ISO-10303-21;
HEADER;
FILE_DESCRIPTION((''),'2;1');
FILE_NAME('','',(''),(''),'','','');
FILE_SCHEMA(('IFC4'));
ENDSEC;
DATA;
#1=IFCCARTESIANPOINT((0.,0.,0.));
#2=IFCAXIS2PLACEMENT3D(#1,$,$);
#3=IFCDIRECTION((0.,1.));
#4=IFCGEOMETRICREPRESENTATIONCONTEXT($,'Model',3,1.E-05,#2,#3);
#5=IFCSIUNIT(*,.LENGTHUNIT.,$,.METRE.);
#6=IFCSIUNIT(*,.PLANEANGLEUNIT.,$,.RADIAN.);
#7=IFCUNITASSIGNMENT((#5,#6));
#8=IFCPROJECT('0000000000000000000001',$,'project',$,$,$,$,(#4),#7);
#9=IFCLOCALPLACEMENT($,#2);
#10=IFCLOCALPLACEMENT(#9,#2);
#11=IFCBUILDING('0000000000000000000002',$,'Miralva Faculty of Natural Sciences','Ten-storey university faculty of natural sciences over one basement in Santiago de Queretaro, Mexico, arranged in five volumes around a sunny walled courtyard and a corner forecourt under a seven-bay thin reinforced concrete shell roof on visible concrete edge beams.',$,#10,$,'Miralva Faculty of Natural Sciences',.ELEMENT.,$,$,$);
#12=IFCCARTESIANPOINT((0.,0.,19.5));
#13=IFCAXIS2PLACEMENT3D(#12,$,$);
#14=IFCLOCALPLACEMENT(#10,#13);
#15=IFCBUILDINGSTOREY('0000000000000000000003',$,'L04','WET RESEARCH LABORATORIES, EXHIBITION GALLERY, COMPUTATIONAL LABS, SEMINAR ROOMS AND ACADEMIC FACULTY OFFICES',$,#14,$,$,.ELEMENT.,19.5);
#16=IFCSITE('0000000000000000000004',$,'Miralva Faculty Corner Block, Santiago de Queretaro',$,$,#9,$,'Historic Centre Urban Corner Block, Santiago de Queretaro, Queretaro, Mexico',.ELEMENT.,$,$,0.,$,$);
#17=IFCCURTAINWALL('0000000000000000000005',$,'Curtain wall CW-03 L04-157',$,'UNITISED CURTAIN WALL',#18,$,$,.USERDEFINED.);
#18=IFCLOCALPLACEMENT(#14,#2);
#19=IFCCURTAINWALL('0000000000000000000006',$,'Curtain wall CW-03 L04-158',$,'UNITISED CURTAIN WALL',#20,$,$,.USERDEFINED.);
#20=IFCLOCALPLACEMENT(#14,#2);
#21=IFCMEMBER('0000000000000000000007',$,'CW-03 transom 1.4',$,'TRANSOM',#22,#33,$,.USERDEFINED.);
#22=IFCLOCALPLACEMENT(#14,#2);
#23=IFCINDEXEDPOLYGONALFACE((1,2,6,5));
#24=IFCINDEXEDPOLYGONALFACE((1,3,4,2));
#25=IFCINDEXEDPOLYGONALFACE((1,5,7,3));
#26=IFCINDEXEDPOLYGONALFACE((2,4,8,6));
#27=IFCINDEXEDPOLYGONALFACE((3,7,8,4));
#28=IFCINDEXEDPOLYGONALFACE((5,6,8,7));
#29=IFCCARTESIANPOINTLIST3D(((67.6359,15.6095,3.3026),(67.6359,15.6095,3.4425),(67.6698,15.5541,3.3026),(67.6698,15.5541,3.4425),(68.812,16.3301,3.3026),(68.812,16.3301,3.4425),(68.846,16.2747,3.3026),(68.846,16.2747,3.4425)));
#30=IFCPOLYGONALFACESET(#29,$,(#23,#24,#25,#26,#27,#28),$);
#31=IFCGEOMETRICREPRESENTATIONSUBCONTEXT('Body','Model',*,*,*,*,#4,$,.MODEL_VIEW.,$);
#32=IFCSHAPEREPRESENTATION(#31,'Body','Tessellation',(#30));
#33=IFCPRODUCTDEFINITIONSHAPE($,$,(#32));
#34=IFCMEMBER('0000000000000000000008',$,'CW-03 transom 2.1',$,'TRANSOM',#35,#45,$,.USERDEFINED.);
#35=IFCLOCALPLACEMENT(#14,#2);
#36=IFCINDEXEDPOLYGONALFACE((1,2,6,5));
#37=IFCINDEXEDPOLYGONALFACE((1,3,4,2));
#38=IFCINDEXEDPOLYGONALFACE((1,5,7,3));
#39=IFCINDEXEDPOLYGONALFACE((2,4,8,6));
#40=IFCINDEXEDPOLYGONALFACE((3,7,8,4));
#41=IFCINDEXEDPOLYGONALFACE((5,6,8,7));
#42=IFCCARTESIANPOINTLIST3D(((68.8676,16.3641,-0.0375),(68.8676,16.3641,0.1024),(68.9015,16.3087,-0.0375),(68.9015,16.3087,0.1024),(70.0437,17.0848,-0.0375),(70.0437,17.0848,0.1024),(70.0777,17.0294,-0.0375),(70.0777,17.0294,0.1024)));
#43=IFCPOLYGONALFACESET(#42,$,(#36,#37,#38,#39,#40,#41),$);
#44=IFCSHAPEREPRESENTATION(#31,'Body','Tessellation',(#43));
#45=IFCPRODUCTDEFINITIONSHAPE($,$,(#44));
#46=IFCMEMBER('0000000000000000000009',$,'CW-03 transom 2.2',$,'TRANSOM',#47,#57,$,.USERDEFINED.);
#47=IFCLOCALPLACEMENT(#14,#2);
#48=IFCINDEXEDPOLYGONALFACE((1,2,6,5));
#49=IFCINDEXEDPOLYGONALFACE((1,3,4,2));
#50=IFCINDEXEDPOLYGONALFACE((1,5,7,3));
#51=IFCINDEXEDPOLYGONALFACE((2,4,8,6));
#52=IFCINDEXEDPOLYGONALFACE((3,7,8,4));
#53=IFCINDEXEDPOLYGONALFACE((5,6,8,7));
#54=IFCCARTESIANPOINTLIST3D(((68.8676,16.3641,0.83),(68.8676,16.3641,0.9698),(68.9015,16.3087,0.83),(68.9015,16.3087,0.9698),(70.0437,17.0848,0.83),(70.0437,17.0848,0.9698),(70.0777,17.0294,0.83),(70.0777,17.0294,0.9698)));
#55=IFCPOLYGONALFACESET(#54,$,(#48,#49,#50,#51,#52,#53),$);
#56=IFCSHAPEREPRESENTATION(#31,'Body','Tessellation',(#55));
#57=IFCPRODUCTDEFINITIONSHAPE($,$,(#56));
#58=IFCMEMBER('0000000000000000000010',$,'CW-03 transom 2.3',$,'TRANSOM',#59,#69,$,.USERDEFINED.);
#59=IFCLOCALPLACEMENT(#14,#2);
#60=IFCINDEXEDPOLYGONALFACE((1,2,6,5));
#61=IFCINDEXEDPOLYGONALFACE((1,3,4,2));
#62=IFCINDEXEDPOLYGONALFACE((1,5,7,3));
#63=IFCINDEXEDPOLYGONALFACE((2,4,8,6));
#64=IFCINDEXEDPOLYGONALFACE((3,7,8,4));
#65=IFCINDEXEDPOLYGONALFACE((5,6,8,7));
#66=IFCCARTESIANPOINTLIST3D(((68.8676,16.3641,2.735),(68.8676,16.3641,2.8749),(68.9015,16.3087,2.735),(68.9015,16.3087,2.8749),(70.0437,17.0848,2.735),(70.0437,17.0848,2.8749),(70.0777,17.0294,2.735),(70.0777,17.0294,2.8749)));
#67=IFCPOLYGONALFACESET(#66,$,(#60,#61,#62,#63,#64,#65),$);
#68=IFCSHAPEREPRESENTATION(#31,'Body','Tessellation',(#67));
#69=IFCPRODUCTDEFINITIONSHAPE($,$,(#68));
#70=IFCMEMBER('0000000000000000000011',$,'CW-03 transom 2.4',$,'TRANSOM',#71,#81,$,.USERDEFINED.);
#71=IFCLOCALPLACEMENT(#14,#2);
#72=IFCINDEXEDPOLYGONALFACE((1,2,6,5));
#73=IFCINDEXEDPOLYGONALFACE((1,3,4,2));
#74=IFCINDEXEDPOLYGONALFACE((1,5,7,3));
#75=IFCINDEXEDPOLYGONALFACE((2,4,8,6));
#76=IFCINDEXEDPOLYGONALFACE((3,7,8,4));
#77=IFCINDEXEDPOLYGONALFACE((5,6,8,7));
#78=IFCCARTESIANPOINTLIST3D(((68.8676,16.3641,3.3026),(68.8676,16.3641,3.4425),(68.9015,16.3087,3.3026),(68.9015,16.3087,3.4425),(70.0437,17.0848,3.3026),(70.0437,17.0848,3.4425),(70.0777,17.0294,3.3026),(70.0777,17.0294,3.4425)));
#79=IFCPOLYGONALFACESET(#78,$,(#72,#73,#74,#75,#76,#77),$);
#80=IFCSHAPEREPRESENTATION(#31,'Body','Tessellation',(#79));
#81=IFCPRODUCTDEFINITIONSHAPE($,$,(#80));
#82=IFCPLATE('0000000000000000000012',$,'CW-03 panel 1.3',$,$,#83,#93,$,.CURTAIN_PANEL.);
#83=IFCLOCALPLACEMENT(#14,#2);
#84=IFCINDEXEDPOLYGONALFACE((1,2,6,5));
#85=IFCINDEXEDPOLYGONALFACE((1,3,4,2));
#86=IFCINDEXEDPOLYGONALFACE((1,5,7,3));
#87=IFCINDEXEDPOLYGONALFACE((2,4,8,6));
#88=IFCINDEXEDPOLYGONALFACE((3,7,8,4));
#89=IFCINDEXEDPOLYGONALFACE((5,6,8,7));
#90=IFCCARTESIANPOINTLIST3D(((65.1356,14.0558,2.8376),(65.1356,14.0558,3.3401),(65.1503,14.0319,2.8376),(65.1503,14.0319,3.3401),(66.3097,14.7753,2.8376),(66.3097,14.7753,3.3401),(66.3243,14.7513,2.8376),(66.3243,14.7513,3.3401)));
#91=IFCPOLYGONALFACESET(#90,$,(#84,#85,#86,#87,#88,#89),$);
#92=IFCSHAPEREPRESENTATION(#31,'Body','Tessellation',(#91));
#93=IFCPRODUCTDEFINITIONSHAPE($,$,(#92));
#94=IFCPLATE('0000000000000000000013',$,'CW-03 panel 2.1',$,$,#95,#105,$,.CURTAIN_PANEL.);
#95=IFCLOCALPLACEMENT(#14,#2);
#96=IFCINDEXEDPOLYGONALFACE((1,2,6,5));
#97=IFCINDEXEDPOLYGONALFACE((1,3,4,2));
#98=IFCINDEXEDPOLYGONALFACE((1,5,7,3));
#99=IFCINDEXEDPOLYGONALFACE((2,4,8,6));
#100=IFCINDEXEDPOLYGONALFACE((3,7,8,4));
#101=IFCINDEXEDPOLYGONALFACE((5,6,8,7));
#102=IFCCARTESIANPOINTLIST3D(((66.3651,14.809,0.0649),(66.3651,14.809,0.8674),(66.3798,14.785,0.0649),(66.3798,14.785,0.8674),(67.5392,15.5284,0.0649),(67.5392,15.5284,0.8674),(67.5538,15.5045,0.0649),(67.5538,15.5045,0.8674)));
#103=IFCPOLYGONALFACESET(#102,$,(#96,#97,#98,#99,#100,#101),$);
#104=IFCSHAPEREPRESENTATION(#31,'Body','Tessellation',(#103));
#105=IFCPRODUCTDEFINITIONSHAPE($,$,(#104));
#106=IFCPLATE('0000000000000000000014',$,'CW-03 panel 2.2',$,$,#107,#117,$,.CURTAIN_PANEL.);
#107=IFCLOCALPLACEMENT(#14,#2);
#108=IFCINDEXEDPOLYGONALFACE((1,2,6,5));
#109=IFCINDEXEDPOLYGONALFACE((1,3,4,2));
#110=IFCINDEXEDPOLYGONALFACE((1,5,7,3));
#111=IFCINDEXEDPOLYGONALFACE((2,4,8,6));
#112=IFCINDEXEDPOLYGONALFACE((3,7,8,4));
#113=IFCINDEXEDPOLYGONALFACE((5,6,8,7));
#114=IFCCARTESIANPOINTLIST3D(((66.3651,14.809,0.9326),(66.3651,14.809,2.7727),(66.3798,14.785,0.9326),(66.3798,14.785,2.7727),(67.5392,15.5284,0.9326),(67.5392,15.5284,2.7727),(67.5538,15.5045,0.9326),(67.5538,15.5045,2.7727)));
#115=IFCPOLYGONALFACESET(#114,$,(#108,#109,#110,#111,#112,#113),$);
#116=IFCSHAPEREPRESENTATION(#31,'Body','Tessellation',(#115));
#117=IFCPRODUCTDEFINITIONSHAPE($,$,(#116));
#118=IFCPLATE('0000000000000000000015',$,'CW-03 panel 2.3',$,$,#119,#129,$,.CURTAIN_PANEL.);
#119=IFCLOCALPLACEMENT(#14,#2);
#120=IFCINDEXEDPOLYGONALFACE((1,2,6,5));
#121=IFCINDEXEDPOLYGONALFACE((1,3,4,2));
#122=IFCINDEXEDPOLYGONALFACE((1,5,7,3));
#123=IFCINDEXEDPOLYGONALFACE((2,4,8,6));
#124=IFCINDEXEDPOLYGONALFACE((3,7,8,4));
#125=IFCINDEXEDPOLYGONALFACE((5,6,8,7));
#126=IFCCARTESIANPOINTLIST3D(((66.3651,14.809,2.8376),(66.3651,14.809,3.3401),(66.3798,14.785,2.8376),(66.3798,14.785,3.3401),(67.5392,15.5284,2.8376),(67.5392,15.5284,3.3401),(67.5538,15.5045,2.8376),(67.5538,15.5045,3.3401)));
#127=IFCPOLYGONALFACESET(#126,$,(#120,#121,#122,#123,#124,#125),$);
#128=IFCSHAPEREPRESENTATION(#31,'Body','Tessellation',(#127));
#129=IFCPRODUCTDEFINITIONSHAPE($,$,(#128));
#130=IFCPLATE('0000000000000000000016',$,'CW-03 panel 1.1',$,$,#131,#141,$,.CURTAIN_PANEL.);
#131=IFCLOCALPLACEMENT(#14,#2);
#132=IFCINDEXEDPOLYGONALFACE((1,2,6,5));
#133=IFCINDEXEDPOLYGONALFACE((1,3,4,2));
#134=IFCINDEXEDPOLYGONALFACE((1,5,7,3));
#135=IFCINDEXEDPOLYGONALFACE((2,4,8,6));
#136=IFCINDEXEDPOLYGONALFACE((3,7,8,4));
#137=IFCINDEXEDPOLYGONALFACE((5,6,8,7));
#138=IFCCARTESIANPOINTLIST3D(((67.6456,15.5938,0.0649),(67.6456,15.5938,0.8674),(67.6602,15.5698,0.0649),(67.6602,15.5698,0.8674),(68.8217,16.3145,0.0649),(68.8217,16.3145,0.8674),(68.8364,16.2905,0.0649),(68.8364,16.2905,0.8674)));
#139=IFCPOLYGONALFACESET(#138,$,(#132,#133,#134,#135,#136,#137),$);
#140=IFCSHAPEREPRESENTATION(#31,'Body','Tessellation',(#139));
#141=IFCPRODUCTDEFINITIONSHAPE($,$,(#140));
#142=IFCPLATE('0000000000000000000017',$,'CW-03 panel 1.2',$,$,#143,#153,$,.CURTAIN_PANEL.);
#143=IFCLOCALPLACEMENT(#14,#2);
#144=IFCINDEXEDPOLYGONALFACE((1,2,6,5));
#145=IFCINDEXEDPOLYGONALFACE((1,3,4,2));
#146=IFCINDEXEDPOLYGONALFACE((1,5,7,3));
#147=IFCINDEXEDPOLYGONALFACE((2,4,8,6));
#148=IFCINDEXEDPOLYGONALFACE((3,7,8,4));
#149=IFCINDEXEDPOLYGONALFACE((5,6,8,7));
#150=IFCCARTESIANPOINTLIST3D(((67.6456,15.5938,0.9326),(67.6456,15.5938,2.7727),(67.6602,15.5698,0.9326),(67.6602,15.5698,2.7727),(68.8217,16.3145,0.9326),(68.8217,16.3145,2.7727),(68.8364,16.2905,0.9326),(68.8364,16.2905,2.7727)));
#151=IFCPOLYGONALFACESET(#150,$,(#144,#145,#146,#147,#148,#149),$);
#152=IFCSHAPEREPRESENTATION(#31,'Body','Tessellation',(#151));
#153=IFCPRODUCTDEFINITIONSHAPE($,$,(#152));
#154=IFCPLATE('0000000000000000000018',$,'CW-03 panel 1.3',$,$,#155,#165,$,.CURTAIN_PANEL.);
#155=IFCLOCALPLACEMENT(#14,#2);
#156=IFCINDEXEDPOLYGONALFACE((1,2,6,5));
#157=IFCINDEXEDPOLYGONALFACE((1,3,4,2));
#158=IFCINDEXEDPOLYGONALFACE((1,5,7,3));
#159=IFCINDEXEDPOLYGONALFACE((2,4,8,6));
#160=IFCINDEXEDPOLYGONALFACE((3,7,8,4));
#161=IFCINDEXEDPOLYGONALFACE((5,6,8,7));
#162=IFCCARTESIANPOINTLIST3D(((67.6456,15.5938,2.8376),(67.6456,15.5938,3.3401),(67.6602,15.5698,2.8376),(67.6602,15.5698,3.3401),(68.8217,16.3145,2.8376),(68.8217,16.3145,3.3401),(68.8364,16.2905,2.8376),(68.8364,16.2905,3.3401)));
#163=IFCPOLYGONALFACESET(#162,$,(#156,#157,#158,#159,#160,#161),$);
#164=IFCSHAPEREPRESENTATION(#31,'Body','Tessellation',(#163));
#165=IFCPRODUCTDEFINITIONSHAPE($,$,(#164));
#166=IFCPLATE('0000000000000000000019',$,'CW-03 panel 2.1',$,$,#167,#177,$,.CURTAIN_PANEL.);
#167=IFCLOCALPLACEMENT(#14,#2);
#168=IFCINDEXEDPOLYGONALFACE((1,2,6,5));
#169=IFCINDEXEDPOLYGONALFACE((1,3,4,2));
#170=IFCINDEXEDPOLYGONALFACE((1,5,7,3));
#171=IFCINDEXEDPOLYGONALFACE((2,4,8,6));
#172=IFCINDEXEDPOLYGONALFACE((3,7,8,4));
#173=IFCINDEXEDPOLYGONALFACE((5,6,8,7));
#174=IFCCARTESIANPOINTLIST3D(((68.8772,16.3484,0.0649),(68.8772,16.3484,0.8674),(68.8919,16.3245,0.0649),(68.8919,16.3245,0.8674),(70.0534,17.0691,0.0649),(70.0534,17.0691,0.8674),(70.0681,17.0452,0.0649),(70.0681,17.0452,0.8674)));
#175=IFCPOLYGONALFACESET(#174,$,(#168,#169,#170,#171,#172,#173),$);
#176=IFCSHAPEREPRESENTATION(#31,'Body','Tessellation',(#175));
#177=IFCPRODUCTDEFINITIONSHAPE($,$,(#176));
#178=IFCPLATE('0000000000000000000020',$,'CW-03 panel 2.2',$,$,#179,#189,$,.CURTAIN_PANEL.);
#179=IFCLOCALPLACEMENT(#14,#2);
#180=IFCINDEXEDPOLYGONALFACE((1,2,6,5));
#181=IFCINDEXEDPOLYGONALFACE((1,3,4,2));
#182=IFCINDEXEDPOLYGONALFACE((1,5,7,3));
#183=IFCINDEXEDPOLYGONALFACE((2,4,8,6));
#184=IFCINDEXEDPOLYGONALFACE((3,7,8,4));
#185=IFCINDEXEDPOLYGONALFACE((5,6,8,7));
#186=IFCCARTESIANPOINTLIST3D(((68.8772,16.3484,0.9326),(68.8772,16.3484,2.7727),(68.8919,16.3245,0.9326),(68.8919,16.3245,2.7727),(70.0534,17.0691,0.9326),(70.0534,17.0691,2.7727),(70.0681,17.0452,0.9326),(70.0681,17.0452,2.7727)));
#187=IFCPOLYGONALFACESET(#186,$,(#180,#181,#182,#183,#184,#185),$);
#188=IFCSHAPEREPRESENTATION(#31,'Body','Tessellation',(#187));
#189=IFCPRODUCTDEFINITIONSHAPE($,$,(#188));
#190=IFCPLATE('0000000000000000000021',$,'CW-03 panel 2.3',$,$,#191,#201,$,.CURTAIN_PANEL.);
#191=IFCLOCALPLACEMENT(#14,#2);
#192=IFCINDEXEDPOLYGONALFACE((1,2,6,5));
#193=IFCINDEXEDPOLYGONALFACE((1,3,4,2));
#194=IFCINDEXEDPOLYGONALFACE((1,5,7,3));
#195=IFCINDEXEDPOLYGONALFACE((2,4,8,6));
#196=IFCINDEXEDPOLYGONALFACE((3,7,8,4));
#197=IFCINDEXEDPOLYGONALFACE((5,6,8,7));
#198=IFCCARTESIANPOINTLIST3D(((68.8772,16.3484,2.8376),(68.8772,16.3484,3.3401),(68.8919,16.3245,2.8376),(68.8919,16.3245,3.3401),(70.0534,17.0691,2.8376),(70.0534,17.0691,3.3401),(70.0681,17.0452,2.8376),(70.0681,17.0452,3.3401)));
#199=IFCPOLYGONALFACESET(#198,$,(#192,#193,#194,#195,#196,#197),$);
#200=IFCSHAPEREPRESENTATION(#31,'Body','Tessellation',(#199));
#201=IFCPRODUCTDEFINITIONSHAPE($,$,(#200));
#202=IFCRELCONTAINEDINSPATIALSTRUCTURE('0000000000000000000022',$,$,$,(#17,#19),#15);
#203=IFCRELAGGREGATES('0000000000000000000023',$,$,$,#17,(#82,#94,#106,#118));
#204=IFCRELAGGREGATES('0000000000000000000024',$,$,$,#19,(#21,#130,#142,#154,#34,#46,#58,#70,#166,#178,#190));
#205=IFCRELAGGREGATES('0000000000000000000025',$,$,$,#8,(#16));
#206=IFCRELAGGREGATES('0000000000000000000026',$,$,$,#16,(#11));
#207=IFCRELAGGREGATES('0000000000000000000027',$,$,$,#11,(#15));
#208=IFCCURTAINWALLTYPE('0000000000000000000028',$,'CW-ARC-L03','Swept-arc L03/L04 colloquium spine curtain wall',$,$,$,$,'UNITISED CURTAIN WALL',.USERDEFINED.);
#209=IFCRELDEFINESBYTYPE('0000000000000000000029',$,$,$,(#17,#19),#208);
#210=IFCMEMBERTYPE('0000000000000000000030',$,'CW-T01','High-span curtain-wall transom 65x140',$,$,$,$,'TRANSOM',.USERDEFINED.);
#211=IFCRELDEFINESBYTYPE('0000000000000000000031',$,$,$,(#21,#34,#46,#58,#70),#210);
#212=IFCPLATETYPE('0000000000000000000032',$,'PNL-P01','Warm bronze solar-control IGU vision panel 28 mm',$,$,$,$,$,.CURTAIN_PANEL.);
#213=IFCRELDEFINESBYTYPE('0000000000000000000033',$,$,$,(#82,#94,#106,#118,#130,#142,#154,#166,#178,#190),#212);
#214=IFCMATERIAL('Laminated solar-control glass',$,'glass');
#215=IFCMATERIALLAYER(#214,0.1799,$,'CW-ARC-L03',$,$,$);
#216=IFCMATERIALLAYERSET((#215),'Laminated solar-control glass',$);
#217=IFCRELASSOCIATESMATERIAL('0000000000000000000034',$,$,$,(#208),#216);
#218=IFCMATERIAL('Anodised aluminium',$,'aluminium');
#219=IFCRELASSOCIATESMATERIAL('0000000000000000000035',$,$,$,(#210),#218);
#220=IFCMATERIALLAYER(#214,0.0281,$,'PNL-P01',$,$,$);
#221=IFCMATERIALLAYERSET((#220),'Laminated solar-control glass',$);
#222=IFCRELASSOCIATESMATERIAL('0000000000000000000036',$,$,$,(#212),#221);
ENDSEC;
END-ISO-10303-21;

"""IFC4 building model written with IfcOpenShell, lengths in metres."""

from ifc_helpers import new_model, si_unit, direction, frame, origin, origin_2d, place, context, subcontext, project, spatial, rectangle, extrude, material, layer, layer_set, material_profile, profile_set, type_object, element, aggregate, save


model = new_model("IFC4")

# Units and contexts
model_context = context("Model", 3, precision=1e-05, world=origin(), true_north=direction((0.0, 1.0)))
body_context = subcontext(model_context, "Body", "Model", "MODEL_VIEW")
ifc_project = project(units=[si_unit("LENGTHUNIT", "METRE"), si_unit("PLANEANGLEUNIT", "RADIAN")], contexts=[model_context])

# Site, building, storey
site_placement = place(None, origin())
site = spatial("IfcSite", under=ifc_project, at=site_placement, Name="Miralva Faculty Corner Block, Santiago de Queretaro", LongName="Historic Centre Urban Corner Block, Santiago de Queretaro, Queretaro, Mexico", CompositionType="ELEMENT", RefElevation=0.0)
building_placement = place(site_placement, origin())
building = spatial("IfcBuilding", under=site, at=building_placement, Name="Miralva Faculty of Natural Sciences", Description="Ten-storey university faculty of natural sciences over one basement in Santiago de Queretaro, Mexico, arranged in five volumes around a sunny walled courtyard and a corner forecourt under a seven-bay thin reinforced concrete shell roof on visible concrete edge beams.", LongName="Miralva Faculty of Natural Sciences", CompositionType="ELEMENT")
storey_placement = place(building_placement, frame((0.0, 0.0, 19.5)))
storey = spatial("IfcBuildingStorey", under=building, at=storey_placement, Name="L04", Description="WET RESEARCH LABORATORIES, EXHIBITION GALLERY, COMPUTATIONAL LABS, SEMINAR ROOMS AND ACADEMIC FACULTY OFFICES", CompositionType="ELEMENT", Elevation=19.5)

# Curtain walls
ifc_material_1 = material(Name="Laminated solar-control glass", Category="glass")
ifc_layer_1 = layer(ifc_material_1, 0.1799, Name="CW-ARC-L03")
ifc_layer_set_1 = layer_set([ifc_layer_1], Name="Laminated solar-control glass")
curtain_wall_type = type_object("IfcCurtainWallType", Name="CW-ARC-L03", Description="Swept-arc L03/L04 colloquium spine curtain wall", ElementType="UNITISED CURTAIN WALL", PredefinedType="USERDEFINED", material=ifc_layer_set_1)
curtain_wall_1_placement = place(storey_placement, origin())
curtain_wall_1 = element("IfcCurtainWall", 1, at=curtain_wall_1_placement, inside=storey, type_object=curtain_wall_type, Name="Curtain wall CW-03 L04-157", ObjectType="UNITISED CURTAIN WALL", PredefinedType="USERDEFINED")
ifc_material_2 = material(Name="Anodised aluminium", Category="aluminium")
curtain_wall_2_placement = place(storey_placement, origin())
curtain_wall_2 = element("IfcCurtainWall", 2, at=curtain_wall_2_placement, inside=storey, type_object=curtain_wall_type, Name="Curtain wall CW-03 L04-158", ObjectType="UNITISED CURTAIN WALL", PredefinedType="USERDEFINED")

# Members
ifc_material_profile_1 = material_profile(ifc_material_2, rectangle(XDim=0.0649, YDim=0.1399, at=origin_2d()), Name="TRANSOM 65x140")
ifc_profile_set_1 = profile_set([ifc_material_profile_1], Name="Anodised aluminium")
member_type_1 = type_object("IfcMemberType", Name="CW-T01", Description="High-span curtain-wall transom 65x140", ElementType="TRANSOM", PredefinedType="USERDEFINED", material=ifc_profile_set_1)
member_1_placement = place(storey_placement, frame((67.6528, 15.5818, 3.3726), z_axis=(0.852678, 0.522438, 0.0), x_axis=(-0.522438, 0.852678, 0.0)))
member_1 = element("IfcMember", 3, at=member_1_placement, type_object=member_type_1, Name="CW-03 transom 1.4", ObjectType="TRANSOM", PredefinedType="USERDEFINED", context=body_context, shape_type="SweptSolid", body=[
    extrude(rectangle(XDim=0.0649, YDim=0.1399, at=origin_2d()), origin(), (0.0, 0.0, 1.0), 1.3794),
])
member_2_placement = place(storey_placement, frame((68.8845, 16.3364, 0.0325), z_axis=(0.852678, 0.522438, 0.0), x_axis=(-0.522438, 0.852678, 0.0)))
member_2 = element("IfcMember", 4, at=member_2_placement, type_object=member_type_1, Name="CW-03 transom 2.1", ObjectType="TRANSOM", PredefinedType="USERDEFINED", context=body_context, shape_type="SweptSolid", body=[
    extrude(rectangle(XDim=0.0649, YDim=0.1399, at=origin_2d()), origin(), (0.0, 0.0, 1.0), 1.3794),
])
member_3_placement = place(storey_placement, frame((68.8845, 16.3364, 0.8999), z_axis=(0.852678, 0.522438, 0.0), x_axis=(-0.522438, 0.852678, 0.0)))
member_3 = element("IfcMember", 5, at=member_3_placement, type_object=member_type_1, Name="CW-03 transom 2.2", ObjectType="TRANSOM", PredefinedType="USERDEFINED", context=body_context, shape_type="SweptSolid", body=[
    extrude(rectangle(XDim=0.0649, YDim=0.1399, at=origin_2d()), origin(), (0.0, 0.0, 1.0), 1.3794),
])
member_4_placement = place(storey_placement, frame((68.8845, 16.3364, 2.8049), z_axis=(0.852678, 0.522438, 0.0), x_axis=(-0.522438, 0.852678, 0.0)))
member_4 = element("IfcMember", 6, at=member_4_placement, type_object=member_type_1, Name="CW-03 transom 2.3", ObjectType="TRANSOM", PredefinedType="USERDEFINED", context=body_context, shape_type="SweptSolid", body=[
    extrude(rectangle(XDim=0.0649, YDim=0.1399, at=origin_2d()), origin(), (0.0, 0.0, 1.0), 1.3794),
])
member_5_placement = place(storey_placement, frame((68.8845, 16.3364, 3.3726), z_axis=(0.852678, 0.522438, 0.0), x_axis=(-0.522438, 0.852678, 0.0)))
member_5 = element("IfcMember", 7, at=member_5_placement, type_object=member_type_1, Name="CW-03 transom 2.4", ObjectType="TRANSOM", PredefinedType="USERDEFINED", context=body_context, shape_type="SweptSolid", body=[
    extrude(rectangle(XDim=0.0649, YDim=0.1399, at=origin_2d()), origin(), (0.0, 0.0, 1.0), 1.3794),
])

# Plates
ifc_layer_2 = layer(ifc_material_1, 0.0281, Name="PNL-P01")
ifc_layer_set_2 = layer_set([ifc_layer_2], Name="Laminated solar-control glass")
plate_type = type_object("IfcPlateType", Name="PNL-P01", Description="Warm bronze solar-control IGU vision panel 28 mm", PredefinedType="CURTAIN_PANEL", material=ifc_layer_set_2)
plate_1_placement = place(storey_placement, frame((65.73, 14.4036, 2.8376), z_axis=(0.0, 0.0, 1.0), x_axis=(0.852641, 0.522498, 0.0)))
plate_1 = element("IfcPlate", 8, at=plate_1_placement, type_object=plate_type, Name="CW-03 panel 1.3", PredefinedType="CURTAIN_PANEL", context=body_context, shape_type="SweptSolid", body=[
    extrude(rectangle(XDim=1.377, YDim=0.0281, at=origin_2d()), origin(), (0.0, 0.0, 1.0), 0.5024),
])
plate_2_placement = place(storey_placement, frame((66.9595, 15.1567, 0.0649), z_axis=(0.0, 0.0, 1.0), x_axis=(0.852641, 0.522498, 0.0)))
plate_2 = element("IfcPlate", 9, at=plate_2_placement, type_object=plate_type, Name="CW-03 panel 2.1", PredefinedType="CURTAIN_PANEL", context=body_context, shape_type="SweptSolid", body=[
    extrude(rectangle(XDim=1.377, YDim=0.0281, at=origin_2d()), origin(), (0.0, 0.0, 1.0), 0.8025),
])
plate_3_placement = place(storey_placement, frame((66.9595, 15.1567, 0.9326), z_axis=(0.0, 0.0, 1.0), x_axis=(0.852641, 0.522498, 0.0)))
plate_3 = element("IfcPlate", 10, at=plate_3_placement, type_object=plate_type, Name="CW-03 panel 2.2", PredefinedType="CURTAIN_PANEL", context=body_context, shape_type="SweptSolid", body=[
    extrude(rectangle(XDim=1.377, YDim=0.0281, at=origin_2d()), origin(), (0.0, 0.0, 1.0), 1.8401),
])
plate_4_placement = place(storey_placement, frame((66.9595, 15.1567, 2.8376), z_axis=(0.0, 0.0, 1.0), x_axis=(0.852641, 0.522498, 0.0)))
plate_4 = element("IfcPlate", 11, at=plate_4_placement, type_object=plate_type, Name="CW-03 panel 2.3", PredefinedType="CURTAIN_PANEL", context=body_context, shape_type="SweptSolid", body=[
    extrude(rectangle(XDim=1.377, YDim=0.0281, at=origin_2d()), origin(), (0.0, 0.0, 1.0), 0.5024),
])
aggregate(curtain_wall_1, [plate_1, plate_2, plate_3, plate_4])
plate_5_placement = place(storey_placement, frame((68.241, 15.9421, 0.0649), z_axis=(0.0, 0.0, 1.0), x_axis=(0.852655, 0.522474, 0.0)))
plate_5 = element("IfcPlate", 12, at=plate_5_placement, type_object=plate_type, Name="CW-03 panel 1.1", PredefinedType="CURTAIN_PANEL", context=body_context, shape_type="SweptSolid", body=[
    extrude(rectangle(XDim=1.3794, YDim=0.0281, at=origin_2d()), origin(), (0.0, 0.0, 1.0), 0.8025),
])
plate_6_placement = place(storey_placement, frame((68.241, 15.9421, 0.9326), z_axis=(0.0, 0.0, 1.0), x_axis=(0.852655, 0.522474, 0.0)))
plate_6 = element("IfcPlate", 13, at=plate_6_placement, type_object=plate_type, Name="CW-03 panel 1.2", PredefinedType="CURTAIN_PANEL", context=body_context, shape_type="SweptSolid", body=[
    extrude(rectangle(XDim=1.3794, YDim=0.0281, at=origin_2d()), origin(), (0.0, 0.0, 1.0), 1.8401),
])
plate_7_placement = place(storey_placement, frame((68.241, 15.9421, 2.8376), z_axis=(0.0, 0.0, 1.0), x_axis=(0.852655, 0.522474, 0.0)))
plate_7 = element("IfcPlate", 14, at=plate_7_placement, type_object=plate_type, Name="CW-03 panel 1.3", PredefinedType="CURTAIN_PANEL", context=body_context, shape_type="SweptSolid", body=[
    extrude(rectangle(XDim=1.3794, YDim=0.0281, at=origin_2d()), origin(), (0.0, 0.0, 1.0), 0.5024),
])
plate_8_placement = place(storey_placement, frame((69.4727, 16.6968, 0.0649), z_axis=(0.0, 0.0, 1.0), x_axis=(0.852655, 0.522474, 0.0)))
plate_8 = element("IfcPlate", 15, at=plate_8_placement, type_object=plate_type, Name="CW-03 panel 2.1", PredefinedType="CURTAIN_PANEL", context=body_context, shape_type="SweptSolid", body=[
    extrude(rectangle(XDim=1.3794, YDim=0.0281, at=origin_2d()), origin(), (0.0, 0.0, 1.0), 0.8025),
])
plate_9_placement = place(storey_placement, frame((69.4727, 16.6968, 0.9326), z_axis=(0.0, 0.0, 1.0), x_axis=(0.852655, 0.522474, 0.0)))
plate_9 = element("IfcPlate", 16, at=plate_9_placement, type_object=plate_type, Name="CW-03 panel 2.2", PredefinedType="CURTAIN_PANEL", context=body_context, shape_type="SweptSolid", body=[
    extrude(rectangle(XDim=1.3794, YDim=0.0281, at=origin_2d()), origin(), (0.0, 0.0, 1.0), 1.8401),
])
plate_10_placement = place(storey_placement, frame((69.4727, 16.6968, 2.8376), z_axis=(0.0, 0.0, 1.0), x_axis=(0.852655, 0.522474, 0.0)))
plate_10 = element("IfcPlate", 17, at=plate_10_placement, type_object=plate_type, Name="CW-03 panel 2.3", PredefinedType="CURTAIN_PANEL", context=body_context, shape_type="SweptSolid", body=[
    extrude(rectangle(XDim=1.3794, YDim=0.0281, at=origin_2d()), origin(), (0.0, 0.0, 1.0), 0.5024),
])
aggregate(curtain_wall_2, [member_1, plate_5, plate_6, plate_7, member_2, member_3, member_4, member_5, plate_8, plate_9, plate_10])

save(model, "model.ifc")
